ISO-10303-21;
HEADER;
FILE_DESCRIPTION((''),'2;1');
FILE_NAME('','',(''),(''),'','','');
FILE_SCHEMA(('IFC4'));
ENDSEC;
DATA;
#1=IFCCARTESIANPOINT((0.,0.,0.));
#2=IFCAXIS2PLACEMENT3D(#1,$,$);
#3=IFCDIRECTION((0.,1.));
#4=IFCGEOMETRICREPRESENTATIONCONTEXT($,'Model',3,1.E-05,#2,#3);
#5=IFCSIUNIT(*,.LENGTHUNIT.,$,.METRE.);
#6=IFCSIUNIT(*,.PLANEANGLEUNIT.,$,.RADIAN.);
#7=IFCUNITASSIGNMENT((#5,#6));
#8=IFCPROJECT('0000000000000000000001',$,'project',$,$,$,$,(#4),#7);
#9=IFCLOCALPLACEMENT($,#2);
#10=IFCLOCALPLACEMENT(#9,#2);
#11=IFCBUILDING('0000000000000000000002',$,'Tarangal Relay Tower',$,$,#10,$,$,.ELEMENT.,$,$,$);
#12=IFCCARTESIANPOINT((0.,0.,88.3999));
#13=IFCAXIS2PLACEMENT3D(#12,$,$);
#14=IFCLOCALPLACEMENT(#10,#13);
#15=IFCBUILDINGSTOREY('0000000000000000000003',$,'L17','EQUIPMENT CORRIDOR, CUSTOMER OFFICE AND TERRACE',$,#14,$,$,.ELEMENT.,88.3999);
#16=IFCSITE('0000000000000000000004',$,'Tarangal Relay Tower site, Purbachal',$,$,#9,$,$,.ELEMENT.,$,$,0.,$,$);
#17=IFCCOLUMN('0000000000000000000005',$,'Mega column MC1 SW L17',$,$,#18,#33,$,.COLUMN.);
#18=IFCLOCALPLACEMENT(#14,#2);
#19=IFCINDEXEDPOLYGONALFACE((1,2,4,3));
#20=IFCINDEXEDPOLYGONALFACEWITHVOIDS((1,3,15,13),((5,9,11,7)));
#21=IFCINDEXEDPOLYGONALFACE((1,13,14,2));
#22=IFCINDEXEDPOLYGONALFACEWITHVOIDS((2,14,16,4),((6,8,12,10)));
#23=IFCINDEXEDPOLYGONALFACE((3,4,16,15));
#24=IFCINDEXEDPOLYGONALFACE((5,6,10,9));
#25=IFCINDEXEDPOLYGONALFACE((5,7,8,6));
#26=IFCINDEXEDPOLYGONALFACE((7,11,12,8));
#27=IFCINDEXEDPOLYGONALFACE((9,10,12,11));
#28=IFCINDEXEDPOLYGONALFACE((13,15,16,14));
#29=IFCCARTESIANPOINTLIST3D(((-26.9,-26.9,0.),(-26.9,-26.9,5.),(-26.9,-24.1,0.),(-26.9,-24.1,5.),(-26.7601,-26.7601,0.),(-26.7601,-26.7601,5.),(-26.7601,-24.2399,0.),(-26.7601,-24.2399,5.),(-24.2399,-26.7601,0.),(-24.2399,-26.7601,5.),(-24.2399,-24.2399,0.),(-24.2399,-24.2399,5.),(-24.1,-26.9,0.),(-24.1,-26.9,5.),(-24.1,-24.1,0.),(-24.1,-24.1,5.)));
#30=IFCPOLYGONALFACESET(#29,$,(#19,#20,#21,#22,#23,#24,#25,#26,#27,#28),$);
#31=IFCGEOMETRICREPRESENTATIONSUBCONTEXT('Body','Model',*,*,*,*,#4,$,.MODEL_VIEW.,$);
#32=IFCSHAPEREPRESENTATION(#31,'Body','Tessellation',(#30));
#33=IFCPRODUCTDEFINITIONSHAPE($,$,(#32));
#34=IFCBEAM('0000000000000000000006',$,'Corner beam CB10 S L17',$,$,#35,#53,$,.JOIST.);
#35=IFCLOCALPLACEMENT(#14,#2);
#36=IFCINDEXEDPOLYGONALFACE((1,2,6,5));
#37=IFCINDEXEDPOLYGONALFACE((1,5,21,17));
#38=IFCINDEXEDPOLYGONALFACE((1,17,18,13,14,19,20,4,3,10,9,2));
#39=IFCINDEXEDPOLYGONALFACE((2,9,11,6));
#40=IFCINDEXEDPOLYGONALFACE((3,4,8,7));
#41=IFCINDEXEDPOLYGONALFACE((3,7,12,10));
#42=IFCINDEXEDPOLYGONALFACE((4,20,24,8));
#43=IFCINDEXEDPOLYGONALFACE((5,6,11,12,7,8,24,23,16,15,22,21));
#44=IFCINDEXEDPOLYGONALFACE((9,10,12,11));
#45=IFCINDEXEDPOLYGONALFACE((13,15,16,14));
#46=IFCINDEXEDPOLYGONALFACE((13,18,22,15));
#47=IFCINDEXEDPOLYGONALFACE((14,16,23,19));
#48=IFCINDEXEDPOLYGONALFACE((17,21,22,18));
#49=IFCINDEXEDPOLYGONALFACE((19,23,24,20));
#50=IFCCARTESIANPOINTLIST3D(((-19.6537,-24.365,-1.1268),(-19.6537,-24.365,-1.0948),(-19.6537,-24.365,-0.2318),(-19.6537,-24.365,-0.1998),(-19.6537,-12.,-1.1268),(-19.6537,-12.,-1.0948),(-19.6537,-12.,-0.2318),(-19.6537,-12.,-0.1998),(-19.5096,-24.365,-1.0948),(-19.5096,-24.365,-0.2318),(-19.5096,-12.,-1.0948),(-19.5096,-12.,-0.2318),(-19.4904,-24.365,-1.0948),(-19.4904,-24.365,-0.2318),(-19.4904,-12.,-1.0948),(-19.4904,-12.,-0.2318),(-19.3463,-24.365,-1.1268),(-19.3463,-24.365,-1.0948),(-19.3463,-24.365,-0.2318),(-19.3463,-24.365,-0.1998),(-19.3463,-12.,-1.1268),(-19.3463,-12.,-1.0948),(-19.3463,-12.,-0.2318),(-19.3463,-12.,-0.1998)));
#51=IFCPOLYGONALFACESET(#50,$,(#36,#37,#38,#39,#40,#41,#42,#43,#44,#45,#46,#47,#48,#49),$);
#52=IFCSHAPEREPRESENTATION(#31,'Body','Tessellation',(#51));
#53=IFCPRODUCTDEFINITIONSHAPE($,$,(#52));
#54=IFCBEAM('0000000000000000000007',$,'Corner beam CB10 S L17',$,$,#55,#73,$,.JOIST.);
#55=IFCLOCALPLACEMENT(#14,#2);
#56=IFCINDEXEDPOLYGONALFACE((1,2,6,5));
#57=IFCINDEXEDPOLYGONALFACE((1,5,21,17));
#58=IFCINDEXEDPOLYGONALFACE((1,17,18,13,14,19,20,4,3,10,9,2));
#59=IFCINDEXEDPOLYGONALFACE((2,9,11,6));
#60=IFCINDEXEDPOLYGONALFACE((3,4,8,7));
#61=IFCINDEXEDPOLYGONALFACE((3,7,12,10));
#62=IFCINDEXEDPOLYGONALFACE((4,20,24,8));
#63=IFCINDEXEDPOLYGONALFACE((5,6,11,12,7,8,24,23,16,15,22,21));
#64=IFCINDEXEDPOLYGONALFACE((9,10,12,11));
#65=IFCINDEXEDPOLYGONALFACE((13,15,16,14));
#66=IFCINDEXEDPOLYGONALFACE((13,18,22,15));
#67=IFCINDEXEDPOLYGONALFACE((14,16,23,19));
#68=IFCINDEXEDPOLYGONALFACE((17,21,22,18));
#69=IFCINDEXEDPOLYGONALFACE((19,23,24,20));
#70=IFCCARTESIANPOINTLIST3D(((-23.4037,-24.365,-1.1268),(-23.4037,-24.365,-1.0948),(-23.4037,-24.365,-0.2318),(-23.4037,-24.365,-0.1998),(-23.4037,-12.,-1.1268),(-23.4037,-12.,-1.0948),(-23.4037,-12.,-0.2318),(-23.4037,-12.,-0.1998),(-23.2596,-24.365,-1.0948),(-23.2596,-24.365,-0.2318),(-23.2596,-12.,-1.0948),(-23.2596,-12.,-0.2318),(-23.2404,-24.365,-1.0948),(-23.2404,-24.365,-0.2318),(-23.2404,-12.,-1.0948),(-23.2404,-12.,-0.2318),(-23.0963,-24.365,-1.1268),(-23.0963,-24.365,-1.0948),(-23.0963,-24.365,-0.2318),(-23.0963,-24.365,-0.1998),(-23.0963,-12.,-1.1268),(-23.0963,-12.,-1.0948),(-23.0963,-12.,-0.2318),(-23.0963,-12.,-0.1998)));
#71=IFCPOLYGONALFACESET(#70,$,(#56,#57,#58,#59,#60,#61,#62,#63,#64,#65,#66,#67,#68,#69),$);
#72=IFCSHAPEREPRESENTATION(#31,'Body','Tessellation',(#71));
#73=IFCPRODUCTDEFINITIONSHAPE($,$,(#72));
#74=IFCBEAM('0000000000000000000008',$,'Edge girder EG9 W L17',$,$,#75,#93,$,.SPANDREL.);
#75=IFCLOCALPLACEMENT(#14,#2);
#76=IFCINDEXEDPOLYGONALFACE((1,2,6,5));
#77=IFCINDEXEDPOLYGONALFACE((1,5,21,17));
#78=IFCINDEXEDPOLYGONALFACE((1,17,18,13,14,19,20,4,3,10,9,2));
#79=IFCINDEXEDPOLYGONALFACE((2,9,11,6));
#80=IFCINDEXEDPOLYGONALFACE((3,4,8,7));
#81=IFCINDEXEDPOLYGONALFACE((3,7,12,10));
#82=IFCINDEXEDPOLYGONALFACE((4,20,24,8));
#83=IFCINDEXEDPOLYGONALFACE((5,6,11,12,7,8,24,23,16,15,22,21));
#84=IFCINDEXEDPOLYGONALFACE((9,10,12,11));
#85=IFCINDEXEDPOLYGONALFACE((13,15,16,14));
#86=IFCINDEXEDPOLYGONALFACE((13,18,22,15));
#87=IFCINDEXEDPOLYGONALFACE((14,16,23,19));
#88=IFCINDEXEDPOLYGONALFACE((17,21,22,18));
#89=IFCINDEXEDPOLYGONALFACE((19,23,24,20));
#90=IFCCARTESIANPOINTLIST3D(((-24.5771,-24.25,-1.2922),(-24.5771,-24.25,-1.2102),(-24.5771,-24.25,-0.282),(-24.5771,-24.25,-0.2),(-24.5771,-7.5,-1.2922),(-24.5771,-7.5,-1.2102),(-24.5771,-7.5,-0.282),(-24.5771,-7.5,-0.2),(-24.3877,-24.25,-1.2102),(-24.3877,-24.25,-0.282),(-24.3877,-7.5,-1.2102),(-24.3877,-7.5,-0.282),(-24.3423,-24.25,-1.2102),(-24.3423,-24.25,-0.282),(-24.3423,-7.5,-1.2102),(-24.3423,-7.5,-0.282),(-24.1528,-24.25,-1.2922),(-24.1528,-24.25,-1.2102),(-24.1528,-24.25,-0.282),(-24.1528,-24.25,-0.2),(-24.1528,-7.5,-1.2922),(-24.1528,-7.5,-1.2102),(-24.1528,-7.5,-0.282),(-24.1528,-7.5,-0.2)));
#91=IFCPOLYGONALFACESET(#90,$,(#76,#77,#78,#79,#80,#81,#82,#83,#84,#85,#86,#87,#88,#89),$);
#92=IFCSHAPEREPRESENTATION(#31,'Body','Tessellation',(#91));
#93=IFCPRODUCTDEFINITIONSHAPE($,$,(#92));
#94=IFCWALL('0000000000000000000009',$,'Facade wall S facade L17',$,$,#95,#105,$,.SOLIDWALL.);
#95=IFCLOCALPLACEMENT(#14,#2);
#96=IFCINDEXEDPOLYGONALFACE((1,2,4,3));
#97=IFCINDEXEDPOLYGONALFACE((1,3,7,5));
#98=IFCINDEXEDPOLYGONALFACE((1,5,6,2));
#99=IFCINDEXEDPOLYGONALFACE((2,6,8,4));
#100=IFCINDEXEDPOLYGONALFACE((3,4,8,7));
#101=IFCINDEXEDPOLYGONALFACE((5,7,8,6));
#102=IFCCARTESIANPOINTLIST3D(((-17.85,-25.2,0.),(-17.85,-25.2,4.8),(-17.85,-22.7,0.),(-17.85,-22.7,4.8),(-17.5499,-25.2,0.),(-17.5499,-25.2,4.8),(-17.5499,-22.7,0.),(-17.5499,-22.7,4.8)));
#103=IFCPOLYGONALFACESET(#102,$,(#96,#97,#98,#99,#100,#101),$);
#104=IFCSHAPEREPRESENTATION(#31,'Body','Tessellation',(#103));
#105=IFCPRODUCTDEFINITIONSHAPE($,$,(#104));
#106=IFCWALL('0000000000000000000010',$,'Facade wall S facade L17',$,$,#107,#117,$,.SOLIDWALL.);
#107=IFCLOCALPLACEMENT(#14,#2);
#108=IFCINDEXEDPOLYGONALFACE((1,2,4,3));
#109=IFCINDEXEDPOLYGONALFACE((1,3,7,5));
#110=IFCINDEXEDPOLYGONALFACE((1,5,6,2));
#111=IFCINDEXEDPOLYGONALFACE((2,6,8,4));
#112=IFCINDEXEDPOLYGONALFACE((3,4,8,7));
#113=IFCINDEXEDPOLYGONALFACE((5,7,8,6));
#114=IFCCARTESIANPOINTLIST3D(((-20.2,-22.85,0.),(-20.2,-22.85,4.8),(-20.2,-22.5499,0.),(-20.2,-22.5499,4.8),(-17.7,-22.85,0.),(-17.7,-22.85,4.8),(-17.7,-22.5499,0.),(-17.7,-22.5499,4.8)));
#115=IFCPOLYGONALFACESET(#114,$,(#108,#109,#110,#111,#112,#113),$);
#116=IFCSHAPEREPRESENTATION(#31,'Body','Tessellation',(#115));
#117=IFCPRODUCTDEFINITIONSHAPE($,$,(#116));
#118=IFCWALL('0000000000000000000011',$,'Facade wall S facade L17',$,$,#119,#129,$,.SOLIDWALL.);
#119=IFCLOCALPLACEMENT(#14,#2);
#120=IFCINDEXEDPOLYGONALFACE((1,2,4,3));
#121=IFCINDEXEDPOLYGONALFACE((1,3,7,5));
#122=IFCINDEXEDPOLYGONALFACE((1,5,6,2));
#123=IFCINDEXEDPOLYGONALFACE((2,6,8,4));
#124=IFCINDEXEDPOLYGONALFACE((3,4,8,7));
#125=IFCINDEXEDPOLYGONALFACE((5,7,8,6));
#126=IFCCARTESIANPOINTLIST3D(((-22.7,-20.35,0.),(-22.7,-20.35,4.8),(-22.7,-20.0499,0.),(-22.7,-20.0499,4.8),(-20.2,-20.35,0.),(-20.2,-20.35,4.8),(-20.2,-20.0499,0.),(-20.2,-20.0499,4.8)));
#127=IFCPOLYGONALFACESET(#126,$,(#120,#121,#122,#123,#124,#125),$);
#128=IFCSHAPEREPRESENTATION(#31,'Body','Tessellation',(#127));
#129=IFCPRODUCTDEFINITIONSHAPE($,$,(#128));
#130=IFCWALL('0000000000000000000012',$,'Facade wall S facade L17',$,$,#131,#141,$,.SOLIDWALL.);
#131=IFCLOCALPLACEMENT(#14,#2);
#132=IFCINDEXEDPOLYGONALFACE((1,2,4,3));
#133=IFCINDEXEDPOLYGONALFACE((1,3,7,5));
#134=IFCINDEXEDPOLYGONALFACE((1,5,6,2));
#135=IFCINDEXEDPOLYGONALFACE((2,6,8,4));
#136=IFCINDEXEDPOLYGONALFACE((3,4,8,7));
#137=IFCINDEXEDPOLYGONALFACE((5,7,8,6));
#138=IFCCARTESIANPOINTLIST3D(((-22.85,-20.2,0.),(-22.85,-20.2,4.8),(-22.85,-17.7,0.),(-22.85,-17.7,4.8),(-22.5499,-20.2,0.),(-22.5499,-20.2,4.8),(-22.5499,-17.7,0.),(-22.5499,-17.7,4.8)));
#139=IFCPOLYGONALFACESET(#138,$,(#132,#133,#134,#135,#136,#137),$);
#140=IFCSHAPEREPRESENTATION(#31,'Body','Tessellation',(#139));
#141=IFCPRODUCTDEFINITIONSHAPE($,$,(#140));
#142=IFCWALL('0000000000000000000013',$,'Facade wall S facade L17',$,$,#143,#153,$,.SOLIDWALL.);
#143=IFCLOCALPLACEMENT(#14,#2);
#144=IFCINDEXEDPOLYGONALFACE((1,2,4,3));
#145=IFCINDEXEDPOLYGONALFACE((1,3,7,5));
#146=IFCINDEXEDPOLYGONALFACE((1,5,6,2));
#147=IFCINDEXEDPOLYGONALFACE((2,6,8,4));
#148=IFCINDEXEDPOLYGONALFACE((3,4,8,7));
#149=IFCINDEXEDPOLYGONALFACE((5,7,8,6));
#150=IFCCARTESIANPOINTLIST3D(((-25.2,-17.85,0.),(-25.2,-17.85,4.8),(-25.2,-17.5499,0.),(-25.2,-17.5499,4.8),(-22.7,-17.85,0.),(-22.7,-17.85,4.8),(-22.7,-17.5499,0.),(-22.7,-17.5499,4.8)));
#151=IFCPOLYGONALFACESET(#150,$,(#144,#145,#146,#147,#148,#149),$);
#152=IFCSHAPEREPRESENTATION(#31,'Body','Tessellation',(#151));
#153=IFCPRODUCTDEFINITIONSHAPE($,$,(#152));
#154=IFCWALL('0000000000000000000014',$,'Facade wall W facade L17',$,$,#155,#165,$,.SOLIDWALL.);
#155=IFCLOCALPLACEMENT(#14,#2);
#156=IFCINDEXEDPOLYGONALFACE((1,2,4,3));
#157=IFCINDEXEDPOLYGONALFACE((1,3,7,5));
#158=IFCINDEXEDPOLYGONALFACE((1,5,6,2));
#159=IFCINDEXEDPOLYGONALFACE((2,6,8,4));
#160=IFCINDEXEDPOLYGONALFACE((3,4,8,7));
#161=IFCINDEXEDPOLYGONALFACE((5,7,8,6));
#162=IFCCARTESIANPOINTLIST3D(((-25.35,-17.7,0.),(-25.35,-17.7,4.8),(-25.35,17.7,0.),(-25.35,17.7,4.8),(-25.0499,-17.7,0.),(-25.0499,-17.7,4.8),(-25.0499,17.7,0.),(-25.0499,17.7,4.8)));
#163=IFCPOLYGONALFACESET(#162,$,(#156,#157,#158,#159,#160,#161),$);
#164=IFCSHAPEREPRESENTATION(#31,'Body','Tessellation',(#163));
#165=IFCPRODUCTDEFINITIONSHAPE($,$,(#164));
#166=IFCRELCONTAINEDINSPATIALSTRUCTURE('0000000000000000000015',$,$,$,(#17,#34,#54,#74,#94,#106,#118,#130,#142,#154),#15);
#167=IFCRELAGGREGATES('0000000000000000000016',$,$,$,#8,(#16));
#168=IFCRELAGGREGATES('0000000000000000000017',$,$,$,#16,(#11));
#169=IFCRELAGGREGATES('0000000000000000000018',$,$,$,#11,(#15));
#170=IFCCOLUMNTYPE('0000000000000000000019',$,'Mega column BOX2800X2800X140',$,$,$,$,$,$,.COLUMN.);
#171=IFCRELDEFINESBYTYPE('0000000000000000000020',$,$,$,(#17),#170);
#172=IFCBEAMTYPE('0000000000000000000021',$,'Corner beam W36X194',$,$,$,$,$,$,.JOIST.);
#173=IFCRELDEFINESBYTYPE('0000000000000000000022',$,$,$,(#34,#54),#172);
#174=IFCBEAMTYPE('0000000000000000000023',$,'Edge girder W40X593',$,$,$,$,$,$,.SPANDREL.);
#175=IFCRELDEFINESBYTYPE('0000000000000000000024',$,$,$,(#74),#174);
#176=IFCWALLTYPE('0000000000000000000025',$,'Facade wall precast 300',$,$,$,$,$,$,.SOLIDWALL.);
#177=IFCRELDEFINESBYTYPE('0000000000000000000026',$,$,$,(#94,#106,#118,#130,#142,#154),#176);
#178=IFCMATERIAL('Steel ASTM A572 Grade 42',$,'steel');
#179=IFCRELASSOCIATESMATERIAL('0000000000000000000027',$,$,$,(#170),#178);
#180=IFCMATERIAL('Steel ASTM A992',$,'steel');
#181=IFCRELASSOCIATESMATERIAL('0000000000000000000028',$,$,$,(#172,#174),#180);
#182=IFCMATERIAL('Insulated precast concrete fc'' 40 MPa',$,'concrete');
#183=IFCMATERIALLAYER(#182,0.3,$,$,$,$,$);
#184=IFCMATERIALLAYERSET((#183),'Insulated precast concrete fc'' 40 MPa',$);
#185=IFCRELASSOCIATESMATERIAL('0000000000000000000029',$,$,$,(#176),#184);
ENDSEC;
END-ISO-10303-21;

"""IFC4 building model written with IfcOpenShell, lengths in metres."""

from ifc_helpers import new_model, si_unit, direction, frame, frame_2d, origin, origin_2d, place, context, subcontext, project, spatial, rectangle, hollow_rectangle, i_section, extrude, material, layer, layer_set, material_profile, profile_set, type_object, element, save


model = new_model("IFC4")

# Units and contexts
model_context = context("Model", 3, precision=1e-05, world=origin(), true_north=direction((0.0, 1.0)))
body_context = subcontext(model_context, "Body", "Model", "MODEL_VIEW")
ifc_project = project(units=[si_unit("LENGTHUNIT", "METRE"), si_unit("PLANEANGLEUNIT", "RADIAN")], contexts=[model_context])

# Site, building, storey
site_placement = place(None, origin())
site = spatial("IfcSite", under=ifc_project, at=site_placement, Name="Tarangal Relay Tower site, Purbachal", CompositionType="ELEMENT", RefElevation=0.0)
building_placement = place(site_placement, origin())
building = spatial("IfcBuilding", under=site, at=building_placement, Name="Tarangal Relay Tower", CompositionType="ELEMENT")
storey_placement = place(building_placement, frame((0.0, 0.0, 88.3999)))
storey = spatial("IfcBuildingStorey", under=building, at=storey_placement, Name="L17", Description="EQUIPMENT CORRIDOR, CUSTOMER OFFICE AND TERRACE", CompositionType="ELEMENT", Elevation=88.3999)

# Column
ifc_material_1 = material(Name="Steel ASTM A572 Grade 42", Category="steel")
ifc_material_profile_1 = material_profile(ifc_material_1, hollow_rectangle(XDim=2.8, YDim=2.8, WallThickness=0.1399, at=origin_2d()), Name="BOX2800X2800X140")
ifc_profile_set_1 = profile_set([ifc_material_profile_1], Name="Steel ASTM A572 Grade 42")
column_type = type_object("IfcColumnType", Name="Mega column BOX2800X2800X140", PredefinedType="COLUMN", material=ifc_profile_set_1)
column_placement = place(storey_placement, frame((-25.5, -25.5, 0.0), z_axis=(0.0, 0.0, 1.0), x_axis=(1.0, 0.0, 0.0)))
element("IfcColumn", 1, at=column_placement, inside=storey, type_object=column_type, Name="Mega column MC1 SW L17", PredefinedType="COLUMN", context=body_context, shape_type="SweptSolid", body=[
    extrude(hollow_rectangle(XDim=2.8, YDim=2.8, WallThickness=0.1399, at=origin_2d()), origin(), (0.0, 0.0, 1.0), 5.0),
])

# Beams
ifc_material_2 = material(Name="Steel ASTM A992", Category="steel")
ifc_material_profile_2 = material_profile(ifc_material_2, i_section(OverallWidth=0.3074, OverallDepth=0.927, WebThickness=0.0193, FlangeThickness=0.032, at=origin_2d()), Name="W36X194")
ifc_profile_set_2 = profile_set([ifc_material_profile_2], Name="Steel ASTM A992")
beam_type_1 = type_object("IfcBeamType", Name="Corner beam W36X194", PredefinedType="JOIST", material=ifc_profile_set_2)
for number, where, z_axis, x_axis, name in (
    (2, (-19.5, -12.0, -0.6633), (0.0, -1.0, 0.0), (1.0, 0.0, 0.0), "Corner beam CB10 S L17"),
    (3, (-23.25, -12.0, -0.6633), (0.0, -1.0, 0.0), (1.0, 0.0, 0.0), "Corner beam CB10 S L17"),
):
    element("IfcBeam", number, at=place(storey_placement, frame(where, z_axis=z_axis, x_axis=x_axis)), inside=storey, type_object=beam_type_1, Name=name, PredefinedType="JOIST", context=body_context, shape_type="SweptSolid", body=[
        extrude(i_section(OverallWidth=0.3074, OverallDepth=0.927, WebThickness=0.0193, FlangeThickness=0.032, at=origin_2d()), origin(), (0.0, 0.0, 1.0), 12.365),
    ])
ifc_material_profile_3 = material_profile(ifc_material_2, i_section(OverallWidth=0.4243, OverallDepth=1.0923, WebThickness=0.0454, FlangeThickness=0.082, at=origin_2d()), Name="W40X593")
ifc_profile_set_3 = profile_set([ifc_material_profile_3], Name="Steel ASTM A992")
beam_type_2 = type_object("IfcBeamType", Name="Edge girder W40X593", PredefinedType="SPANDREL", material=ifc_profile_set_3)
beam_placement = place(storey_placement, frame((-24.365, -24.25, -0.7461), z_axis=(0.0, 1.0, 0.0), x_axis=(-1.0, 0.0, 0.0)))
element("IfcBeam", 4, at=beam_placement, inside=storey, type_object=beam_type_2, Name="Edge girder EG9 W L17", PredefinedType="SPANDREL", context=body_context, shape_type="SweptSolid", body=[
    extrude(i_section(OverallWidth=0.4243, OverallDepth=1.0923, WebThickness=0.0454, FlangeThickness=0.082, at=origin_2d()), origin(), (0.0, 0.0, 1.0), 16.75),
])

# Walls
ifc_material_3 = material(Name="Insulated precast concrete fc' 40 MPa", Category="concrete")
ifc_layer_1 = layer(ifc_material_3, 0.3)
ifc_layer_set_1 = layer_set([ifc_layer_1], Name="Insulated precast concrete fc' 40 MPa")
wall_type_1 = type_object("IfcWallType", Name="Facade wall precast 300", PredefinedType="SOLIDWALL", material=ifc_layer_set_1)
for number, where, z_axis, x_axis, name in (
    (5, (-17.7, -25.2, 0.0), (0.0, 0.0, 1.0), (0.0, 1.0, 0.0), "Facade wall S facade L17"),
    (6, (-17.7, -22.7, 0.0), (0.0, 0.0, 1.0), (-1.0, 0.0, 0.0), "Facade wall S facade L17"),
):
    element("IfcWall", number, at=place(storey_placement, frame(where, z_axis=z_axis, x_axis=x_axis)), inside=storey, type_object=wall_type_1, Name=name, PredefinedType="SOLIDWALL", context=body_context, shape_type="SweptSolid", body=[
        extrude(rectangle(XDim=2.5, YDim=0.3, at=frame_2d((1.25, 0.0))), origin(), (0.0, 0.0, 1.0), 4.8),
    ])

# Walls
for number, where, z_axis, x_axis, name in (
    (7, (-20.2, -20.2, 0.0), (0.0, 0.0, 1.0), (-1.0, 0.0, 0.0), "Facade wall S facade L17"),
    (8, (-22.7, -20.2, 0.0), (0.0, 0.0, 1.0), (0.0, 1.0, 0.0), "Facade wall S facade L17"),
    (9, (-22.7, -17.7, 0.0), (0.0, 0.0, 1.0), (-1.0, 0.0, 0.0), "Facade wall S facade L17"),
):
    element("IfcWall", number, at=place(storey_placement, frame(where, z_axis=z_axis, x_axis=x_axis)), inside=storey, type_object=wall_type_1, Name=name, PredefinedType="SOLIDWALL", context=body_context, shape_type="SweptSolid", body=[
        extrude(rectangle(XDim=2.5, YDim=0.3, at=frame_2d((1.25, 0.0))), origin(), (0.0, 0.0, 1.0), 4.8),
    ])
wall_1_placement = place(storey_placement, frame((-25.2, -17.7, 0.0), z_axis=(0.0, 0.0, 1.0), x_axis=(0.0, 1.0, 0.0)))
element("IfcWall", 10, at=wall_1_placement, inside=storey, type_object=wall_type_1, Name="Facade wall W facade L17", PredefinedType="SOLIDWALL", context=body_context, shape_type="SweptSolid", body=[
    extrude(rectangle(XDim=35.3999, YDim=0.3, at=frame_2d((17.7, 0.0))), origin(), (0.0, 0.0, 1.0), 4.8),
])

save(model, "model.ifc")
